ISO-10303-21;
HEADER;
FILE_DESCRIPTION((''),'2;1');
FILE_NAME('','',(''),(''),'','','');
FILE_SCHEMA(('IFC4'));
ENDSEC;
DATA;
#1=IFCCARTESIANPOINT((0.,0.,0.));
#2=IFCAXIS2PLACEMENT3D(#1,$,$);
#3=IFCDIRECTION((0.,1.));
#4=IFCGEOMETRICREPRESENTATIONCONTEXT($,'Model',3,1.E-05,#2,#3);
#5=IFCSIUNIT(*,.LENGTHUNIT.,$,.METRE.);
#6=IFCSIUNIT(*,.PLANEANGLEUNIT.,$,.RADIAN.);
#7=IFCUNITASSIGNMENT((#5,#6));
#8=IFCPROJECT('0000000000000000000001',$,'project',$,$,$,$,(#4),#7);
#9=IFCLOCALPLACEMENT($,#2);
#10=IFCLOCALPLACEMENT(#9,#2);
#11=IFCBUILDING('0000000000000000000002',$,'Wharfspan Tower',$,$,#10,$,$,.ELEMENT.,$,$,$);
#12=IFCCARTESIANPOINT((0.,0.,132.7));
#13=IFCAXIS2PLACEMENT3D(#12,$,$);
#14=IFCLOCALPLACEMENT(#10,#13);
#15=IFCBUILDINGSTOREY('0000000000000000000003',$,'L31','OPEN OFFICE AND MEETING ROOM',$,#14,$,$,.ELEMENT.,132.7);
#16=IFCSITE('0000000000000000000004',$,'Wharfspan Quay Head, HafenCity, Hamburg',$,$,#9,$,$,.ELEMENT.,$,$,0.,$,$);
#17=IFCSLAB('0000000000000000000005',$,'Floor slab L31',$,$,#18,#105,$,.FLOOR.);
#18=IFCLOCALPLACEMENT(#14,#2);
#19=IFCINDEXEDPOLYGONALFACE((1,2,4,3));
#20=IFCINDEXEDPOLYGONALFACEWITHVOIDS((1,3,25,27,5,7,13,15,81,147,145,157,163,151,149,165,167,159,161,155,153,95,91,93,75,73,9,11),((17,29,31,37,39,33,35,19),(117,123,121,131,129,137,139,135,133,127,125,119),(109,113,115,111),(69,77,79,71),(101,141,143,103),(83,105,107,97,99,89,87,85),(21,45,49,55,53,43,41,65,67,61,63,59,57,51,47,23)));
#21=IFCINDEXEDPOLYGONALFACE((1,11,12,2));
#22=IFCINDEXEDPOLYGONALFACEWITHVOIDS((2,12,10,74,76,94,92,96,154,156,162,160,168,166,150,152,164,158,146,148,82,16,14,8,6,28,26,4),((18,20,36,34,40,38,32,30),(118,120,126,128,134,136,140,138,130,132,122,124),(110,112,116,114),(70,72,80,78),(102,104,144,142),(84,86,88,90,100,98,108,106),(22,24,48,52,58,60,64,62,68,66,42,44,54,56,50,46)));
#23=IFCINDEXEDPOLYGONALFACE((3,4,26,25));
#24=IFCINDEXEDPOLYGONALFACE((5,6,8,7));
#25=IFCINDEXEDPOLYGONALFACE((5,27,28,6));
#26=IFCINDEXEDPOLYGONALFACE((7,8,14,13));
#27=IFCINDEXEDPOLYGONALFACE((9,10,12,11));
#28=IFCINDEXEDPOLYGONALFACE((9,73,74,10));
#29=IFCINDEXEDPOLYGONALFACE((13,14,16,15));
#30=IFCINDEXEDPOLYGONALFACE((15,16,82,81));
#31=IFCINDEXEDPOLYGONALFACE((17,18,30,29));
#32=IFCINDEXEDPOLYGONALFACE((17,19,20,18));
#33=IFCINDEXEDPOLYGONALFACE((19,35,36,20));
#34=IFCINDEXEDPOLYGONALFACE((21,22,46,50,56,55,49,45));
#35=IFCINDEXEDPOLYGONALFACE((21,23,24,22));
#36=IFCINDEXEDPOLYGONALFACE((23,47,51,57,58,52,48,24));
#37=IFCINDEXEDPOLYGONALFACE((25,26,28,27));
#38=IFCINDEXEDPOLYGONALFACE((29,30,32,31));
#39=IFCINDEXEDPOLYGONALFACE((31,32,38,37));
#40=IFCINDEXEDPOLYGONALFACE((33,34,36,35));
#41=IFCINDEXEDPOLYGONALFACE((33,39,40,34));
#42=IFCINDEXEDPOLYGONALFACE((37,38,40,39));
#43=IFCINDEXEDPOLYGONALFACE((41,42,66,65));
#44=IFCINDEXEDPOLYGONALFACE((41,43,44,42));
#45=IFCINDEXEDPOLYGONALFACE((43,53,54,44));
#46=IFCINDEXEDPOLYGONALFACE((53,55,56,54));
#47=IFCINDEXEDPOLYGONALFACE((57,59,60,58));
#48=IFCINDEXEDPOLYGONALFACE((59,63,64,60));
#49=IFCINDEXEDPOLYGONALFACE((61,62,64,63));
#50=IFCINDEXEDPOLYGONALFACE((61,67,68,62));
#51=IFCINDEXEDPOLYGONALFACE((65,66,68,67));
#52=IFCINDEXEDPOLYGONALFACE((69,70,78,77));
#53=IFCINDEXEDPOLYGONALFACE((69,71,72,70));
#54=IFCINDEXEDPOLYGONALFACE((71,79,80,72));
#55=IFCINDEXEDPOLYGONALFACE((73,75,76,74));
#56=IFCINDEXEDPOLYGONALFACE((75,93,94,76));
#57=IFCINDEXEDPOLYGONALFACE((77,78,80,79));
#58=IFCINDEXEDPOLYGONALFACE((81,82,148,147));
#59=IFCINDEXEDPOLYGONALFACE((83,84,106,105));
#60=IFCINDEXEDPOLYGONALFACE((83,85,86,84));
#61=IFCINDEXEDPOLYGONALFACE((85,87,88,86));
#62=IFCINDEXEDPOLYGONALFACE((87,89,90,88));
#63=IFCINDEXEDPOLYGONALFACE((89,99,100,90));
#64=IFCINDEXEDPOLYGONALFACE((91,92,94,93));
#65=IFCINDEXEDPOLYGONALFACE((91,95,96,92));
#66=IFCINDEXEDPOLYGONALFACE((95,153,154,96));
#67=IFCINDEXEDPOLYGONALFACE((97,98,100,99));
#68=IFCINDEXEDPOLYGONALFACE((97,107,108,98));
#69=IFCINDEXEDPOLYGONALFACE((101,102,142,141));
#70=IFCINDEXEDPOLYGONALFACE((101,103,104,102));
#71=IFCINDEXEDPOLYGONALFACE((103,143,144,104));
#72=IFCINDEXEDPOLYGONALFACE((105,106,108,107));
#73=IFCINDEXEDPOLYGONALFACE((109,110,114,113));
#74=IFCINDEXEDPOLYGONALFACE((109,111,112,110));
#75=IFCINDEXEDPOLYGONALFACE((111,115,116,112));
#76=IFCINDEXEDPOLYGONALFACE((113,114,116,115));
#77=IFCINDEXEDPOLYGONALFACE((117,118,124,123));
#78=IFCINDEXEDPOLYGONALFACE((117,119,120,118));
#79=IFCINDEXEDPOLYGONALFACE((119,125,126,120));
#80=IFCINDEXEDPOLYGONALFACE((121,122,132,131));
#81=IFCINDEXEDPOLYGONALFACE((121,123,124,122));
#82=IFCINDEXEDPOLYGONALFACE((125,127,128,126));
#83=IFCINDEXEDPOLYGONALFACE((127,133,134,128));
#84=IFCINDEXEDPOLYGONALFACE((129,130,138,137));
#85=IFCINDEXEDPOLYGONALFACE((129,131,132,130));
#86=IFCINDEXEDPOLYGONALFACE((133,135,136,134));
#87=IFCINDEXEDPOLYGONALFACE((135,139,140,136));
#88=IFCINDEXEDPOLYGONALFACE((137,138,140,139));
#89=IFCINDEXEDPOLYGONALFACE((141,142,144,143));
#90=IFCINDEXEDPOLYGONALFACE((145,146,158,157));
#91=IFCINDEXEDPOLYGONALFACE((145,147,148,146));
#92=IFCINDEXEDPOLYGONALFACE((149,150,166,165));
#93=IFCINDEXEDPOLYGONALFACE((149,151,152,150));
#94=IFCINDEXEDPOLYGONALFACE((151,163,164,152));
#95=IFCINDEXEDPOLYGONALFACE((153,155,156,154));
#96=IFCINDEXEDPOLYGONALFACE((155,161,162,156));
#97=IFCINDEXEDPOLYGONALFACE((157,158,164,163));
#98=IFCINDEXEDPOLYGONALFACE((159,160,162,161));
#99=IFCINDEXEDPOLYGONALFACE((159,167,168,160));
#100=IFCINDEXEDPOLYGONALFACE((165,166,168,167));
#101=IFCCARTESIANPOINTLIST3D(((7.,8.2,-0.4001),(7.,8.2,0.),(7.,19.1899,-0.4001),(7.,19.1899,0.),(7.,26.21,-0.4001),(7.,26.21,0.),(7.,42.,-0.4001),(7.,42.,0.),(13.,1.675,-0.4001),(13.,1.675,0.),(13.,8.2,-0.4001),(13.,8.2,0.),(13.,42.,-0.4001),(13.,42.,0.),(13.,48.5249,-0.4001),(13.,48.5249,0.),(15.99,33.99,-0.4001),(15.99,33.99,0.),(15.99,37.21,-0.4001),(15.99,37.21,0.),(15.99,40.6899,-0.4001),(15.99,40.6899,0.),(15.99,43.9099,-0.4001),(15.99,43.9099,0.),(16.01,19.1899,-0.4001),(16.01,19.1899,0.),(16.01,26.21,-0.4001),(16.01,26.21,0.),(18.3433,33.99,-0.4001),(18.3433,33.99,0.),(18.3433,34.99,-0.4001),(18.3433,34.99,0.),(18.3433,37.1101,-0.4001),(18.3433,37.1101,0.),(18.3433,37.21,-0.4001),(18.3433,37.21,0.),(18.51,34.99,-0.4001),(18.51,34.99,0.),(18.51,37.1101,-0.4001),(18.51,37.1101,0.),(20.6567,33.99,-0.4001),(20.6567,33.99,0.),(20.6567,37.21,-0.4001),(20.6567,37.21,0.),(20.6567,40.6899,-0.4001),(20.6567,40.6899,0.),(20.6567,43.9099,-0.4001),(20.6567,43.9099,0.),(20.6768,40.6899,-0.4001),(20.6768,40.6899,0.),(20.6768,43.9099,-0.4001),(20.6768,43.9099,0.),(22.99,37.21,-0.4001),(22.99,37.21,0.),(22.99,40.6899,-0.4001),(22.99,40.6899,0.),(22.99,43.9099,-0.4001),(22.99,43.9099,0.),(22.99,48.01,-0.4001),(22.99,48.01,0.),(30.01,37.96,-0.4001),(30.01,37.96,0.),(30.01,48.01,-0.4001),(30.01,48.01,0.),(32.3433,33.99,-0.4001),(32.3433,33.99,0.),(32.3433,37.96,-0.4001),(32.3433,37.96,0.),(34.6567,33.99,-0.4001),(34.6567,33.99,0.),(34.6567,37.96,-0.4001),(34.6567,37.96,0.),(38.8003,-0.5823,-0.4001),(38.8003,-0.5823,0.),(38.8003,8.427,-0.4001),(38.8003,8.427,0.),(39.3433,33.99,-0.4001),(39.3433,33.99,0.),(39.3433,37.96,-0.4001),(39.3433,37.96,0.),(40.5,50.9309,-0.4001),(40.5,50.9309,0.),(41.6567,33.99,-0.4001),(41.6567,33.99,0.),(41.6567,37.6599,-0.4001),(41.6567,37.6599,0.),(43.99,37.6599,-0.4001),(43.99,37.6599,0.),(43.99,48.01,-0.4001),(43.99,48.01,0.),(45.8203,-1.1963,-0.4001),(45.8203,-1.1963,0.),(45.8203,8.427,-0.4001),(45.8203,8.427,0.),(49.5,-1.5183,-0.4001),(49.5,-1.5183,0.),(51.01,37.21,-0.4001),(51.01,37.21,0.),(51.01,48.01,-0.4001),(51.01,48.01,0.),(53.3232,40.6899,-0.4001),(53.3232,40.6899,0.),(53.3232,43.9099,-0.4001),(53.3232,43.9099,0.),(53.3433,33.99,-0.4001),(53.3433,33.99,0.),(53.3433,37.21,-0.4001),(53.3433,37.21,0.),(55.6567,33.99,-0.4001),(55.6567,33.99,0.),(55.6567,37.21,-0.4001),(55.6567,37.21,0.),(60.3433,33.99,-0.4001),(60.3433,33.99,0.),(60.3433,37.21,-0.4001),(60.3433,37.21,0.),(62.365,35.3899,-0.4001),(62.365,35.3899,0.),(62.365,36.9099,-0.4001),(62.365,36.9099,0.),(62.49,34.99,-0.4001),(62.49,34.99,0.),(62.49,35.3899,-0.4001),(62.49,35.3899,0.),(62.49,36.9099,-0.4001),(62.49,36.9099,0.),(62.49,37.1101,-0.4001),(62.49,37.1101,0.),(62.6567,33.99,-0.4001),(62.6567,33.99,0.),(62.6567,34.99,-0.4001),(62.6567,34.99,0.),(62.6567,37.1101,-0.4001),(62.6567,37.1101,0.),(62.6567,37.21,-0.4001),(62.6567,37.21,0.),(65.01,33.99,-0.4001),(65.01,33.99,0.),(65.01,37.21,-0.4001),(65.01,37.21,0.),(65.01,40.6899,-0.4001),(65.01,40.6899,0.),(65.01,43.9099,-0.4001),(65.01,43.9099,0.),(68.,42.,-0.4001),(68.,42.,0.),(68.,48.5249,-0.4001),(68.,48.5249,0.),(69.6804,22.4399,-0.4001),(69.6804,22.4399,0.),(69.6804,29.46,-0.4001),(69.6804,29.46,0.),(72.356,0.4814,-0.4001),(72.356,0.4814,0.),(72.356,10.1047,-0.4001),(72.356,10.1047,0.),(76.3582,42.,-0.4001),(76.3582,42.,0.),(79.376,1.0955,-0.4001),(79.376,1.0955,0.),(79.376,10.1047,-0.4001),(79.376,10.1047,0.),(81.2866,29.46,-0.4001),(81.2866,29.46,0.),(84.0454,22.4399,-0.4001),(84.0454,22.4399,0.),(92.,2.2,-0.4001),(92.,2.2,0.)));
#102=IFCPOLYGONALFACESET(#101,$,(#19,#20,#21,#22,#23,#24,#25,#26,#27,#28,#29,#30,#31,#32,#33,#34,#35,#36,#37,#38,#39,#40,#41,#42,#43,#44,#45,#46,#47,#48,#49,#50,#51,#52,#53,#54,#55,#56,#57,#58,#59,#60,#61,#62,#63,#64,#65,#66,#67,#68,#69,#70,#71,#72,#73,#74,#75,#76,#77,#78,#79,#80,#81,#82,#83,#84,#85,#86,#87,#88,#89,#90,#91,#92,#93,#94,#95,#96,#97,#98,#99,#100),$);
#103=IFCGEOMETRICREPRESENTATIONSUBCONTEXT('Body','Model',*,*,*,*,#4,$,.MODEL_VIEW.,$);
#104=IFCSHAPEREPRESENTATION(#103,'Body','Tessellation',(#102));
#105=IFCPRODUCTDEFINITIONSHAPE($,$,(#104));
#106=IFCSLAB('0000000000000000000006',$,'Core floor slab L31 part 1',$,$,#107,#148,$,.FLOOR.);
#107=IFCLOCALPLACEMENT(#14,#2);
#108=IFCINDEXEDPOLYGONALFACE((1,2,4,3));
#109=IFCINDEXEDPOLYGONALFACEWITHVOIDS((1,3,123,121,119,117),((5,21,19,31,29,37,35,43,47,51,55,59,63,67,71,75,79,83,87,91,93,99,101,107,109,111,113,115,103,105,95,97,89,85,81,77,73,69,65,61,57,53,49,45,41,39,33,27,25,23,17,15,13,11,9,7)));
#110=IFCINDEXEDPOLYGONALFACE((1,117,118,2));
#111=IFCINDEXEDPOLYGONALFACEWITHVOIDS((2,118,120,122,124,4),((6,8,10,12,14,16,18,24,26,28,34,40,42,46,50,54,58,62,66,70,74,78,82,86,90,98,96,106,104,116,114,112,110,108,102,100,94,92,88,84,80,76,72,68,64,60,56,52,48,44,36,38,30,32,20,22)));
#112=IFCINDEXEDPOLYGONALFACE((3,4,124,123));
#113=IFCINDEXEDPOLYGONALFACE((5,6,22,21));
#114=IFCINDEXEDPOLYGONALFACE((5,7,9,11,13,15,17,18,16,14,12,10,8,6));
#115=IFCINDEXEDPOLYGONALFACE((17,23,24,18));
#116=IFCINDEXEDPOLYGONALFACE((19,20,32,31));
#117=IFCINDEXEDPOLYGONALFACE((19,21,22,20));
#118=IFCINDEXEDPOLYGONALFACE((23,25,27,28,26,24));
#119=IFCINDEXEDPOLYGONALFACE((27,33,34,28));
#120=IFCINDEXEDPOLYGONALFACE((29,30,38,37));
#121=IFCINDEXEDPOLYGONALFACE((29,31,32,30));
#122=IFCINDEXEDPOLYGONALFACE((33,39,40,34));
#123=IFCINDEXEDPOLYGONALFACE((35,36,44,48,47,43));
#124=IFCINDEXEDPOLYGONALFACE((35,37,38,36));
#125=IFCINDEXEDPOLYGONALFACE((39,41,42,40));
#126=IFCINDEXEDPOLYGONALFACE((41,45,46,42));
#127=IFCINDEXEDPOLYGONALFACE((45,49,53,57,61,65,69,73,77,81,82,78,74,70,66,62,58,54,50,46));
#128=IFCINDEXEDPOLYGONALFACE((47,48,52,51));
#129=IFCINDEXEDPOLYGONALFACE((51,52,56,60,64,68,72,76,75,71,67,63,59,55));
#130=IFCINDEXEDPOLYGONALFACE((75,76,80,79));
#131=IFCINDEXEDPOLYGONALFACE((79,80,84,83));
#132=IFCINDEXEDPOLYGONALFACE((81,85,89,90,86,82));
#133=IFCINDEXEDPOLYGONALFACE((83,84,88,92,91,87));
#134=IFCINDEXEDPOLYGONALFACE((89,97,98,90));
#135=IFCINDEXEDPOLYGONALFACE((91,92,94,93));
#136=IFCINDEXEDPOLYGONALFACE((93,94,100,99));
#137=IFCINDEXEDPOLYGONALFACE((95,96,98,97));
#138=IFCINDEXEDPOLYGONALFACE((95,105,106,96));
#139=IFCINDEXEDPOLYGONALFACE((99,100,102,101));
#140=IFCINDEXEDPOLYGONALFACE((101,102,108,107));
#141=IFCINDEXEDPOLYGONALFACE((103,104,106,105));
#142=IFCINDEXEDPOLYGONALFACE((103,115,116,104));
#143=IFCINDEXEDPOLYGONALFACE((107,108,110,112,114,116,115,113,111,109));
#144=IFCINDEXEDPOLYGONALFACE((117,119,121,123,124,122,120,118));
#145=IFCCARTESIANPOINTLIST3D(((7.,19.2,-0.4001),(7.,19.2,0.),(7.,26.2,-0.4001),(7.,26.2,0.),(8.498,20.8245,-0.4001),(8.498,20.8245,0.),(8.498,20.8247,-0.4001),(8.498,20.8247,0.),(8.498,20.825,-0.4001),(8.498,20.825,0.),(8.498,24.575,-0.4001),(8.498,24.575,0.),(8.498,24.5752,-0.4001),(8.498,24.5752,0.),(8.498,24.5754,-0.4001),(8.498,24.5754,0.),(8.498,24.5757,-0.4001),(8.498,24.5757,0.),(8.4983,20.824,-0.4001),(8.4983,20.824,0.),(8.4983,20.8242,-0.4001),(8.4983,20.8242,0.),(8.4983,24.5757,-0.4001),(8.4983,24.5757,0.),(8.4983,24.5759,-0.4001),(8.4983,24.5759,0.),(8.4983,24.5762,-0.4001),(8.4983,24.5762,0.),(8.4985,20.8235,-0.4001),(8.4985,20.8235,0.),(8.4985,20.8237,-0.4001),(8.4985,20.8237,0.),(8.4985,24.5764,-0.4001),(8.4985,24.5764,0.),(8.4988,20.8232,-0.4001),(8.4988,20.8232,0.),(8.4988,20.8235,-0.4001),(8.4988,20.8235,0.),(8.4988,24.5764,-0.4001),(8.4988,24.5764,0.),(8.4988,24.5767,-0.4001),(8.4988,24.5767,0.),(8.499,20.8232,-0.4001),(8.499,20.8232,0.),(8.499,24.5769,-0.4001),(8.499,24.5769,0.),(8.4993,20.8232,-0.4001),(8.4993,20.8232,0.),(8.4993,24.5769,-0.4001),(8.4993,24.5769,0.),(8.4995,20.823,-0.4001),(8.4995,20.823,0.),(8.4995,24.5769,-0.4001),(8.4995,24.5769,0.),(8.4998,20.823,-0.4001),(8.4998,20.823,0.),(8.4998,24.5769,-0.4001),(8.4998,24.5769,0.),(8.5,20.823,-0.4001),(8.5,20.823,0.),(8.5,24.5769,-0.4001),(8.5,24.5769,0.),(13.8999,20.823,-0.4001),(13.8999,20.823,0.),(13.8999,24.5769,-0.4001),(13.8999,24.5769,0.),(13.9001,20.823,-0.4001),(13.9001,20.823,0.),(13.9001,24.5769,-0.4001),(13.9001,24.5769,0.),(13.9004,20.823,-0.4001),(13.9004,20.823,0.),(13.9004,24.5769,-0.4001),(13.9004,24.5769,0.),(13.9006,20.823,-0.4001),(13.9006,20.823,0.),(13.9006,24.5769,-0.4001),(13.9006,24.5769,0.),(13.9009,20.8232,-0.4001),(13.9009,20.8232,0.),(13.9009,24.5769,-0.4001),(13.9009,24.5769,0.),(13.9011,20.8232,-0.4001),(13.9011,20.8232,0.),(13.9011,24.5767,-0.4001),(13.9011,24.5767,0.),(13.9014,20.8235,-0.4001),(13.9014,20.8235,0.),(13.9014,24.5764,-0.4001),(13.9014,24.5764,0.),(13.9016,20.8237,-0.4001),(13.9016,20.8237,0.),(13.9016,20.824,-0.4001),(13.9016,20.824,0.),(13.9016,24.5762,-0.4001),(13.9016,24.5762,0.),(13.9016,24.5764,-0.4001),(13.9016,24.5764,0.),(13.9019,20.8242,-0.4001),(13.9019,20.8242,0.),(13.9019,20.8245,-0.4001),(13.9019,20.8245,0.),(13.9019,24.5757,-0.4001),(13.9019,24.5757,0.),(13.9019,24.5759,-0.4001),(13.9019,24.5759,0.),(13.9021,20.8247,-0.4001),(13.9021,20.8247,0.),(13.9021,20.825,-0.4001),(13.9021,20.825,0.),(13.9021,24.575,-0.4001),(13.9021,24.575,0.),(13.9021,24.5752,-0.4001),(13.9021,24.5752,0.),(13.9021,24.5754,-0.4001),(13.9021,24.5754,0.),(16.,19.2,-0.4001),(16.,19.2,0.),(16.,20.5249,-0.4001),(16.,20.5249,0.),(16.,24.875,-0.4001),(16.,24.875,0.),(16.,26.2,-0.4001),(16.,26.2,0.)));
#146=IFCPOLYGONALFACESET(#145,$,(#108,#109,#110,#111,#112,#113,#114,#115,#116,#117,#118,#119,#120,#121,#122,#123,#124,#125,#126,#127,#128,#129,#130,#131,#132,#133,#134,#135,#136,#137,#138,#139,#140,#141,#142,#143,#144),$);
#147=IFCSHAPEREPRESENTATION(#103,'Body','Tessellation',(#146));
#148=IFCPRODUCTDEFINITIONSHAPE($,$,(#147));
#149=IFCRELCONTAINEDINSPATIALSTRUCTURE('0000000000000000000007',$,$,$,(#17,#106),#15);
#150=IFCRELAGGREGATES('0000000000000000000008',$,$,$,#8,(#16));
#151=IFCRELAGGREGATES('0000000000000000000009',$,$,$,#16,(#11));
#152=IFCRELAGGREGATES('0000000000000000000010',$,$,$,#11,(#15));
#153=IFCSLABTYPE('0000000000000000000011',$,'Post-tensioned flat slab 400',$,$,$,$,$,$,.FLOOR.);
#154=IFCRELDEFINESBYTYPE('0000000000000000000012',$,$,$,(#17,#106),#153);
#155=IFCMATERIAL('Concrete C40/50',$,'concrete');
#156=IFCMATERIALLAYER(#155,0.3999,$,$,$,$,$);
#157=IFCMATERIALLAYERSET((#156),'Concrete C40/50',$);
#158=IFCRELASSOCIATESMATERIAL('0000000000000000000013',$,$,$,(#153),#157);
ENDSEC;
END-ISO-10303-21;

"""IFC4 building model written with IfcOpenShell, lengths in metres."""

from ifc_helpers import new_model, si_unit, direction, frame, origin, place, context, subcontext, project, spatial, polyline, outline, extrude, material, layer, layer_set, type_object, element, save


model = new_model("IFC4")

# Units and contexts
model_context = context("Model", 3, precision=1e-05, world=origin(), true_north=direction((0.0, 1.0)))
body_context = subcontext(model_context, "Body", "Model", "MODEL_VIEW")
ifc_project = project(units=[si_unit("LENGTHUNIT", "METRE"), si_unit("PLANEANGLEUNIT", "RADIAN")], contexts=[model_context])

# Site, building, storey
site_placement = place(None, origin())
site = spatial("IfcSite", under=ifc_project, at=site_placement, Name="Wharfspan Quay Head, HafenCity, Hamburg", CompositionType="ELEMENT", RefElevation=0.0)
building_placement = place(site_placement, origin())
building = spatial("IfcBuilding", under=site, at=building_placement, Name="Wharfspan Tower", CompositionType="ELEMENT")
storey_placement = place(building_placement, frame((0.0, 0.0, 132.7)))
storey = spatial("IfcBuildingStorey", under=building, at=storey_placement, Name="L31", Description="OPEN OFFICE AND MEETING ROOM", CompositionType="ELEMENT", Elevation=132.7)

# Slabs
ifc_material_1 = material(Name="Concrete C40/50", Category="concrete")
ifc_layer_1 = layer(ifc_material_1, 0.3999)
ifc_layer_set_1 = layer_set([ifc_layer_1], Name="Concrete C40/50")
slab_type_1 = type_object("IfcSlabType", Name="Post-tensioned flat slab 400", PredefinedType="FLOOR", material=ifc_layer_set_1)
slab_1_placement = place(storey_placement, frame((0.0, 0.0, -0.4001)))
element("IfcSlab", 1, at=slab_1_placement, inside=storey, type_object=slab_type_1, Name="Floor slab L31", PredefinedType="FLOOR", context=body_context, shape_type="SweptSolid", body=[
    extrude(outline(polyline([(38.8003, -0.5823), (38.8003, 8.427), (45.8203, 8.427), (45.8203, -1.1963), (49.5, -1.5183), (72.356, 0.4814), (72.356, 10.1047), (79.376, 10.1047), (79.376, 1.0955), (92.0, 2.2), (84.0454, 22.4399), (69.6804, 22.4399), (69.6804, 29.46), (81.2866, 29.46), (76.3582, 42.0), (68.0, 42.0), (68.0, 48.5249), (40.5, 50.9309), (13.0, 48.5249), (13.0, 42.0), (7.0, 42.0), (7.0, 26.21), (16.01, 26.21), (16.01, 19.1899), (7.0, 19.1899), (7.0, 8.2), (13.0, 8.2), (13.0, 1.675), (38.8003, -0.5823)]), holes=[polyline([(62.49, 35.3899), (62.365, 35.3899), (62.365, 36.9099), (62.49, 36.9099), (62.49, 37.1101), (62.6567, 37.1101), (62.6567, 37.21), (65.01, 37.21), (65.01, 33.99), (62.6567, 33.99), (62.6567, 34.99), (62.49, 34.99), (62.49, 35.3899)]), polyline([(65.01, 43.9099), (65.01, 40.6899), (53.3232, 40.6899), (53.3232, 43.9099), (65.01, 43.9099)]), polyline([(55.6567, 33.99), (55.6567, 37.21), (60.3433, 37.21), (60.3433, 33.99), (55.6567, 33.99)]), polyline([(43.99, 37.6599), (43.99, 48.01), (51.01, 48.01), (51.01, 37.21), (53.3433, 37.21), (53.3433, 33.99), (41.6567, 33.99), (41.6567, 37.6599), (43.99, 37.6599)]), polyline([(34.6567, 33.99), (34.6567, 37.96), (39.3433, 37.96), (39.3433, 33.99), (34.6567, 33.99)]), polyline([(20.6567, 37.21), (22.99, 37.21), (22.99, 40.6899), (20.6768, 40.6899), (20.6567, 40.6899), (15.99, 40.6899), (15.99, 43.9099), (20.6567, 43.9099), (20.6768, 43.9099), (22.99, 43.9099), (22.99, 48.01), (30.01, 48.01), (30.01, 37.96), (32.3433, 37.96), (32.3433, 33.99), (20.6567, 33.99), (20.6567, 37.21)]), polyline([(18.51, 34.99), (18.3433, 34.99), (18.3433, 33.99), (15.99, 33.99), (15.99, 37.21), (18.3433, 37.21), (18.3433, 37.1101), (18.51, 37.1101), (18.51, 34.99)])]), origin(), (0.0, 0.0, 1.0), 0.4001),
])
slab_2_placement = place(storey_placement, frame((0.0, 0.0, -0.4001)))
element("IfcSlab", 2, at=slab_2_placement, inside=storey, type_object=slab_type_1, Name="Core floor slab L31 part 1", PredefinedType="FLOOR", context=body_context, shape_type="SweptSolid", body=[
    extrude(outline(polyline([(16.0, 20.5249), (16.0, 24.875), (16.0, 26.2), (7.0, 26.2), (7.0, 19.2), (16.0, 19.2), (16.0, 20.5249)]), holes=[polyline([(13.9021, 20.825), (13.9021, 20.8247), (13.9021, 20.8247), (13.9019, 20.8245), (13.9019, 20.8242), (13.9019, 20.8242), (13.9016, 20.824), (13.9016, 20.8237), (13.9014, 20.8235), (13.9014, 20.8235), (13.9011, 20.8232), (13.9009, 20.8232), (13.9009, 20.8232), (13.9006, 20.823), (13.9004, 20.823), (13.9001, 20.823), (13.8999, 20.823), (8.5, 20.823), (8.4998, 20.823), (8.4995, 20.823), (8.4995, 20.823), (8.4993, 20.8232), (8.499, 20.8232), (8.4988, 20.8232), (8.4988, 20.8235), (8.4985, 20.8235), (8.4985, 20.8237), (8.4983, 20.824), (8.4983, 20.8242), (8.4983, 20.8242), (8.498, 20.8245), (8.498, 20.8247), (8.498, 20.8247), (8.498, 20.825), (8.498, 24.575), (8.498, 24.5752), (8.498, 24.5754), (8.498, 24.5757), (8.4983, 24.5757), (8.4983, 24.5759), (8.4983, 24.5762), (8.4985, 24.5764), (8.4985, 24.5764), (8.4988, 24.5764), (8.4988, 24.5767), (8.499, 24.5769), (8.4993, 24.5769), (8.4995, 24.5769), (8.4995, 24.5769), (8.4998, 24.5769), (8.5, 24.5769), (13.8999, 24.5769), (13.9001, 24.5769), (13.9004, 24.5769), (13.9006, 24.5769), (13.9009, 24.5769), (13.9009, 24.5769), (13.9011, 24.5767), (13.9014, 24.5764), (13.9014, 24.5764), (13.9016, 24.5764), (13.9016, 24.5762), (13.9019, 24.5759), (13.9019, 24.5757), (13.9019, 24.5757), (13.9021, 24.5754), (13.9021, 24.5752), (13.9021, 24.575), (13.9021, 20.825)])]), origin(), (0.0, 0.0, 1.0), 0.4001),
])

save(model, "model.ifc")
